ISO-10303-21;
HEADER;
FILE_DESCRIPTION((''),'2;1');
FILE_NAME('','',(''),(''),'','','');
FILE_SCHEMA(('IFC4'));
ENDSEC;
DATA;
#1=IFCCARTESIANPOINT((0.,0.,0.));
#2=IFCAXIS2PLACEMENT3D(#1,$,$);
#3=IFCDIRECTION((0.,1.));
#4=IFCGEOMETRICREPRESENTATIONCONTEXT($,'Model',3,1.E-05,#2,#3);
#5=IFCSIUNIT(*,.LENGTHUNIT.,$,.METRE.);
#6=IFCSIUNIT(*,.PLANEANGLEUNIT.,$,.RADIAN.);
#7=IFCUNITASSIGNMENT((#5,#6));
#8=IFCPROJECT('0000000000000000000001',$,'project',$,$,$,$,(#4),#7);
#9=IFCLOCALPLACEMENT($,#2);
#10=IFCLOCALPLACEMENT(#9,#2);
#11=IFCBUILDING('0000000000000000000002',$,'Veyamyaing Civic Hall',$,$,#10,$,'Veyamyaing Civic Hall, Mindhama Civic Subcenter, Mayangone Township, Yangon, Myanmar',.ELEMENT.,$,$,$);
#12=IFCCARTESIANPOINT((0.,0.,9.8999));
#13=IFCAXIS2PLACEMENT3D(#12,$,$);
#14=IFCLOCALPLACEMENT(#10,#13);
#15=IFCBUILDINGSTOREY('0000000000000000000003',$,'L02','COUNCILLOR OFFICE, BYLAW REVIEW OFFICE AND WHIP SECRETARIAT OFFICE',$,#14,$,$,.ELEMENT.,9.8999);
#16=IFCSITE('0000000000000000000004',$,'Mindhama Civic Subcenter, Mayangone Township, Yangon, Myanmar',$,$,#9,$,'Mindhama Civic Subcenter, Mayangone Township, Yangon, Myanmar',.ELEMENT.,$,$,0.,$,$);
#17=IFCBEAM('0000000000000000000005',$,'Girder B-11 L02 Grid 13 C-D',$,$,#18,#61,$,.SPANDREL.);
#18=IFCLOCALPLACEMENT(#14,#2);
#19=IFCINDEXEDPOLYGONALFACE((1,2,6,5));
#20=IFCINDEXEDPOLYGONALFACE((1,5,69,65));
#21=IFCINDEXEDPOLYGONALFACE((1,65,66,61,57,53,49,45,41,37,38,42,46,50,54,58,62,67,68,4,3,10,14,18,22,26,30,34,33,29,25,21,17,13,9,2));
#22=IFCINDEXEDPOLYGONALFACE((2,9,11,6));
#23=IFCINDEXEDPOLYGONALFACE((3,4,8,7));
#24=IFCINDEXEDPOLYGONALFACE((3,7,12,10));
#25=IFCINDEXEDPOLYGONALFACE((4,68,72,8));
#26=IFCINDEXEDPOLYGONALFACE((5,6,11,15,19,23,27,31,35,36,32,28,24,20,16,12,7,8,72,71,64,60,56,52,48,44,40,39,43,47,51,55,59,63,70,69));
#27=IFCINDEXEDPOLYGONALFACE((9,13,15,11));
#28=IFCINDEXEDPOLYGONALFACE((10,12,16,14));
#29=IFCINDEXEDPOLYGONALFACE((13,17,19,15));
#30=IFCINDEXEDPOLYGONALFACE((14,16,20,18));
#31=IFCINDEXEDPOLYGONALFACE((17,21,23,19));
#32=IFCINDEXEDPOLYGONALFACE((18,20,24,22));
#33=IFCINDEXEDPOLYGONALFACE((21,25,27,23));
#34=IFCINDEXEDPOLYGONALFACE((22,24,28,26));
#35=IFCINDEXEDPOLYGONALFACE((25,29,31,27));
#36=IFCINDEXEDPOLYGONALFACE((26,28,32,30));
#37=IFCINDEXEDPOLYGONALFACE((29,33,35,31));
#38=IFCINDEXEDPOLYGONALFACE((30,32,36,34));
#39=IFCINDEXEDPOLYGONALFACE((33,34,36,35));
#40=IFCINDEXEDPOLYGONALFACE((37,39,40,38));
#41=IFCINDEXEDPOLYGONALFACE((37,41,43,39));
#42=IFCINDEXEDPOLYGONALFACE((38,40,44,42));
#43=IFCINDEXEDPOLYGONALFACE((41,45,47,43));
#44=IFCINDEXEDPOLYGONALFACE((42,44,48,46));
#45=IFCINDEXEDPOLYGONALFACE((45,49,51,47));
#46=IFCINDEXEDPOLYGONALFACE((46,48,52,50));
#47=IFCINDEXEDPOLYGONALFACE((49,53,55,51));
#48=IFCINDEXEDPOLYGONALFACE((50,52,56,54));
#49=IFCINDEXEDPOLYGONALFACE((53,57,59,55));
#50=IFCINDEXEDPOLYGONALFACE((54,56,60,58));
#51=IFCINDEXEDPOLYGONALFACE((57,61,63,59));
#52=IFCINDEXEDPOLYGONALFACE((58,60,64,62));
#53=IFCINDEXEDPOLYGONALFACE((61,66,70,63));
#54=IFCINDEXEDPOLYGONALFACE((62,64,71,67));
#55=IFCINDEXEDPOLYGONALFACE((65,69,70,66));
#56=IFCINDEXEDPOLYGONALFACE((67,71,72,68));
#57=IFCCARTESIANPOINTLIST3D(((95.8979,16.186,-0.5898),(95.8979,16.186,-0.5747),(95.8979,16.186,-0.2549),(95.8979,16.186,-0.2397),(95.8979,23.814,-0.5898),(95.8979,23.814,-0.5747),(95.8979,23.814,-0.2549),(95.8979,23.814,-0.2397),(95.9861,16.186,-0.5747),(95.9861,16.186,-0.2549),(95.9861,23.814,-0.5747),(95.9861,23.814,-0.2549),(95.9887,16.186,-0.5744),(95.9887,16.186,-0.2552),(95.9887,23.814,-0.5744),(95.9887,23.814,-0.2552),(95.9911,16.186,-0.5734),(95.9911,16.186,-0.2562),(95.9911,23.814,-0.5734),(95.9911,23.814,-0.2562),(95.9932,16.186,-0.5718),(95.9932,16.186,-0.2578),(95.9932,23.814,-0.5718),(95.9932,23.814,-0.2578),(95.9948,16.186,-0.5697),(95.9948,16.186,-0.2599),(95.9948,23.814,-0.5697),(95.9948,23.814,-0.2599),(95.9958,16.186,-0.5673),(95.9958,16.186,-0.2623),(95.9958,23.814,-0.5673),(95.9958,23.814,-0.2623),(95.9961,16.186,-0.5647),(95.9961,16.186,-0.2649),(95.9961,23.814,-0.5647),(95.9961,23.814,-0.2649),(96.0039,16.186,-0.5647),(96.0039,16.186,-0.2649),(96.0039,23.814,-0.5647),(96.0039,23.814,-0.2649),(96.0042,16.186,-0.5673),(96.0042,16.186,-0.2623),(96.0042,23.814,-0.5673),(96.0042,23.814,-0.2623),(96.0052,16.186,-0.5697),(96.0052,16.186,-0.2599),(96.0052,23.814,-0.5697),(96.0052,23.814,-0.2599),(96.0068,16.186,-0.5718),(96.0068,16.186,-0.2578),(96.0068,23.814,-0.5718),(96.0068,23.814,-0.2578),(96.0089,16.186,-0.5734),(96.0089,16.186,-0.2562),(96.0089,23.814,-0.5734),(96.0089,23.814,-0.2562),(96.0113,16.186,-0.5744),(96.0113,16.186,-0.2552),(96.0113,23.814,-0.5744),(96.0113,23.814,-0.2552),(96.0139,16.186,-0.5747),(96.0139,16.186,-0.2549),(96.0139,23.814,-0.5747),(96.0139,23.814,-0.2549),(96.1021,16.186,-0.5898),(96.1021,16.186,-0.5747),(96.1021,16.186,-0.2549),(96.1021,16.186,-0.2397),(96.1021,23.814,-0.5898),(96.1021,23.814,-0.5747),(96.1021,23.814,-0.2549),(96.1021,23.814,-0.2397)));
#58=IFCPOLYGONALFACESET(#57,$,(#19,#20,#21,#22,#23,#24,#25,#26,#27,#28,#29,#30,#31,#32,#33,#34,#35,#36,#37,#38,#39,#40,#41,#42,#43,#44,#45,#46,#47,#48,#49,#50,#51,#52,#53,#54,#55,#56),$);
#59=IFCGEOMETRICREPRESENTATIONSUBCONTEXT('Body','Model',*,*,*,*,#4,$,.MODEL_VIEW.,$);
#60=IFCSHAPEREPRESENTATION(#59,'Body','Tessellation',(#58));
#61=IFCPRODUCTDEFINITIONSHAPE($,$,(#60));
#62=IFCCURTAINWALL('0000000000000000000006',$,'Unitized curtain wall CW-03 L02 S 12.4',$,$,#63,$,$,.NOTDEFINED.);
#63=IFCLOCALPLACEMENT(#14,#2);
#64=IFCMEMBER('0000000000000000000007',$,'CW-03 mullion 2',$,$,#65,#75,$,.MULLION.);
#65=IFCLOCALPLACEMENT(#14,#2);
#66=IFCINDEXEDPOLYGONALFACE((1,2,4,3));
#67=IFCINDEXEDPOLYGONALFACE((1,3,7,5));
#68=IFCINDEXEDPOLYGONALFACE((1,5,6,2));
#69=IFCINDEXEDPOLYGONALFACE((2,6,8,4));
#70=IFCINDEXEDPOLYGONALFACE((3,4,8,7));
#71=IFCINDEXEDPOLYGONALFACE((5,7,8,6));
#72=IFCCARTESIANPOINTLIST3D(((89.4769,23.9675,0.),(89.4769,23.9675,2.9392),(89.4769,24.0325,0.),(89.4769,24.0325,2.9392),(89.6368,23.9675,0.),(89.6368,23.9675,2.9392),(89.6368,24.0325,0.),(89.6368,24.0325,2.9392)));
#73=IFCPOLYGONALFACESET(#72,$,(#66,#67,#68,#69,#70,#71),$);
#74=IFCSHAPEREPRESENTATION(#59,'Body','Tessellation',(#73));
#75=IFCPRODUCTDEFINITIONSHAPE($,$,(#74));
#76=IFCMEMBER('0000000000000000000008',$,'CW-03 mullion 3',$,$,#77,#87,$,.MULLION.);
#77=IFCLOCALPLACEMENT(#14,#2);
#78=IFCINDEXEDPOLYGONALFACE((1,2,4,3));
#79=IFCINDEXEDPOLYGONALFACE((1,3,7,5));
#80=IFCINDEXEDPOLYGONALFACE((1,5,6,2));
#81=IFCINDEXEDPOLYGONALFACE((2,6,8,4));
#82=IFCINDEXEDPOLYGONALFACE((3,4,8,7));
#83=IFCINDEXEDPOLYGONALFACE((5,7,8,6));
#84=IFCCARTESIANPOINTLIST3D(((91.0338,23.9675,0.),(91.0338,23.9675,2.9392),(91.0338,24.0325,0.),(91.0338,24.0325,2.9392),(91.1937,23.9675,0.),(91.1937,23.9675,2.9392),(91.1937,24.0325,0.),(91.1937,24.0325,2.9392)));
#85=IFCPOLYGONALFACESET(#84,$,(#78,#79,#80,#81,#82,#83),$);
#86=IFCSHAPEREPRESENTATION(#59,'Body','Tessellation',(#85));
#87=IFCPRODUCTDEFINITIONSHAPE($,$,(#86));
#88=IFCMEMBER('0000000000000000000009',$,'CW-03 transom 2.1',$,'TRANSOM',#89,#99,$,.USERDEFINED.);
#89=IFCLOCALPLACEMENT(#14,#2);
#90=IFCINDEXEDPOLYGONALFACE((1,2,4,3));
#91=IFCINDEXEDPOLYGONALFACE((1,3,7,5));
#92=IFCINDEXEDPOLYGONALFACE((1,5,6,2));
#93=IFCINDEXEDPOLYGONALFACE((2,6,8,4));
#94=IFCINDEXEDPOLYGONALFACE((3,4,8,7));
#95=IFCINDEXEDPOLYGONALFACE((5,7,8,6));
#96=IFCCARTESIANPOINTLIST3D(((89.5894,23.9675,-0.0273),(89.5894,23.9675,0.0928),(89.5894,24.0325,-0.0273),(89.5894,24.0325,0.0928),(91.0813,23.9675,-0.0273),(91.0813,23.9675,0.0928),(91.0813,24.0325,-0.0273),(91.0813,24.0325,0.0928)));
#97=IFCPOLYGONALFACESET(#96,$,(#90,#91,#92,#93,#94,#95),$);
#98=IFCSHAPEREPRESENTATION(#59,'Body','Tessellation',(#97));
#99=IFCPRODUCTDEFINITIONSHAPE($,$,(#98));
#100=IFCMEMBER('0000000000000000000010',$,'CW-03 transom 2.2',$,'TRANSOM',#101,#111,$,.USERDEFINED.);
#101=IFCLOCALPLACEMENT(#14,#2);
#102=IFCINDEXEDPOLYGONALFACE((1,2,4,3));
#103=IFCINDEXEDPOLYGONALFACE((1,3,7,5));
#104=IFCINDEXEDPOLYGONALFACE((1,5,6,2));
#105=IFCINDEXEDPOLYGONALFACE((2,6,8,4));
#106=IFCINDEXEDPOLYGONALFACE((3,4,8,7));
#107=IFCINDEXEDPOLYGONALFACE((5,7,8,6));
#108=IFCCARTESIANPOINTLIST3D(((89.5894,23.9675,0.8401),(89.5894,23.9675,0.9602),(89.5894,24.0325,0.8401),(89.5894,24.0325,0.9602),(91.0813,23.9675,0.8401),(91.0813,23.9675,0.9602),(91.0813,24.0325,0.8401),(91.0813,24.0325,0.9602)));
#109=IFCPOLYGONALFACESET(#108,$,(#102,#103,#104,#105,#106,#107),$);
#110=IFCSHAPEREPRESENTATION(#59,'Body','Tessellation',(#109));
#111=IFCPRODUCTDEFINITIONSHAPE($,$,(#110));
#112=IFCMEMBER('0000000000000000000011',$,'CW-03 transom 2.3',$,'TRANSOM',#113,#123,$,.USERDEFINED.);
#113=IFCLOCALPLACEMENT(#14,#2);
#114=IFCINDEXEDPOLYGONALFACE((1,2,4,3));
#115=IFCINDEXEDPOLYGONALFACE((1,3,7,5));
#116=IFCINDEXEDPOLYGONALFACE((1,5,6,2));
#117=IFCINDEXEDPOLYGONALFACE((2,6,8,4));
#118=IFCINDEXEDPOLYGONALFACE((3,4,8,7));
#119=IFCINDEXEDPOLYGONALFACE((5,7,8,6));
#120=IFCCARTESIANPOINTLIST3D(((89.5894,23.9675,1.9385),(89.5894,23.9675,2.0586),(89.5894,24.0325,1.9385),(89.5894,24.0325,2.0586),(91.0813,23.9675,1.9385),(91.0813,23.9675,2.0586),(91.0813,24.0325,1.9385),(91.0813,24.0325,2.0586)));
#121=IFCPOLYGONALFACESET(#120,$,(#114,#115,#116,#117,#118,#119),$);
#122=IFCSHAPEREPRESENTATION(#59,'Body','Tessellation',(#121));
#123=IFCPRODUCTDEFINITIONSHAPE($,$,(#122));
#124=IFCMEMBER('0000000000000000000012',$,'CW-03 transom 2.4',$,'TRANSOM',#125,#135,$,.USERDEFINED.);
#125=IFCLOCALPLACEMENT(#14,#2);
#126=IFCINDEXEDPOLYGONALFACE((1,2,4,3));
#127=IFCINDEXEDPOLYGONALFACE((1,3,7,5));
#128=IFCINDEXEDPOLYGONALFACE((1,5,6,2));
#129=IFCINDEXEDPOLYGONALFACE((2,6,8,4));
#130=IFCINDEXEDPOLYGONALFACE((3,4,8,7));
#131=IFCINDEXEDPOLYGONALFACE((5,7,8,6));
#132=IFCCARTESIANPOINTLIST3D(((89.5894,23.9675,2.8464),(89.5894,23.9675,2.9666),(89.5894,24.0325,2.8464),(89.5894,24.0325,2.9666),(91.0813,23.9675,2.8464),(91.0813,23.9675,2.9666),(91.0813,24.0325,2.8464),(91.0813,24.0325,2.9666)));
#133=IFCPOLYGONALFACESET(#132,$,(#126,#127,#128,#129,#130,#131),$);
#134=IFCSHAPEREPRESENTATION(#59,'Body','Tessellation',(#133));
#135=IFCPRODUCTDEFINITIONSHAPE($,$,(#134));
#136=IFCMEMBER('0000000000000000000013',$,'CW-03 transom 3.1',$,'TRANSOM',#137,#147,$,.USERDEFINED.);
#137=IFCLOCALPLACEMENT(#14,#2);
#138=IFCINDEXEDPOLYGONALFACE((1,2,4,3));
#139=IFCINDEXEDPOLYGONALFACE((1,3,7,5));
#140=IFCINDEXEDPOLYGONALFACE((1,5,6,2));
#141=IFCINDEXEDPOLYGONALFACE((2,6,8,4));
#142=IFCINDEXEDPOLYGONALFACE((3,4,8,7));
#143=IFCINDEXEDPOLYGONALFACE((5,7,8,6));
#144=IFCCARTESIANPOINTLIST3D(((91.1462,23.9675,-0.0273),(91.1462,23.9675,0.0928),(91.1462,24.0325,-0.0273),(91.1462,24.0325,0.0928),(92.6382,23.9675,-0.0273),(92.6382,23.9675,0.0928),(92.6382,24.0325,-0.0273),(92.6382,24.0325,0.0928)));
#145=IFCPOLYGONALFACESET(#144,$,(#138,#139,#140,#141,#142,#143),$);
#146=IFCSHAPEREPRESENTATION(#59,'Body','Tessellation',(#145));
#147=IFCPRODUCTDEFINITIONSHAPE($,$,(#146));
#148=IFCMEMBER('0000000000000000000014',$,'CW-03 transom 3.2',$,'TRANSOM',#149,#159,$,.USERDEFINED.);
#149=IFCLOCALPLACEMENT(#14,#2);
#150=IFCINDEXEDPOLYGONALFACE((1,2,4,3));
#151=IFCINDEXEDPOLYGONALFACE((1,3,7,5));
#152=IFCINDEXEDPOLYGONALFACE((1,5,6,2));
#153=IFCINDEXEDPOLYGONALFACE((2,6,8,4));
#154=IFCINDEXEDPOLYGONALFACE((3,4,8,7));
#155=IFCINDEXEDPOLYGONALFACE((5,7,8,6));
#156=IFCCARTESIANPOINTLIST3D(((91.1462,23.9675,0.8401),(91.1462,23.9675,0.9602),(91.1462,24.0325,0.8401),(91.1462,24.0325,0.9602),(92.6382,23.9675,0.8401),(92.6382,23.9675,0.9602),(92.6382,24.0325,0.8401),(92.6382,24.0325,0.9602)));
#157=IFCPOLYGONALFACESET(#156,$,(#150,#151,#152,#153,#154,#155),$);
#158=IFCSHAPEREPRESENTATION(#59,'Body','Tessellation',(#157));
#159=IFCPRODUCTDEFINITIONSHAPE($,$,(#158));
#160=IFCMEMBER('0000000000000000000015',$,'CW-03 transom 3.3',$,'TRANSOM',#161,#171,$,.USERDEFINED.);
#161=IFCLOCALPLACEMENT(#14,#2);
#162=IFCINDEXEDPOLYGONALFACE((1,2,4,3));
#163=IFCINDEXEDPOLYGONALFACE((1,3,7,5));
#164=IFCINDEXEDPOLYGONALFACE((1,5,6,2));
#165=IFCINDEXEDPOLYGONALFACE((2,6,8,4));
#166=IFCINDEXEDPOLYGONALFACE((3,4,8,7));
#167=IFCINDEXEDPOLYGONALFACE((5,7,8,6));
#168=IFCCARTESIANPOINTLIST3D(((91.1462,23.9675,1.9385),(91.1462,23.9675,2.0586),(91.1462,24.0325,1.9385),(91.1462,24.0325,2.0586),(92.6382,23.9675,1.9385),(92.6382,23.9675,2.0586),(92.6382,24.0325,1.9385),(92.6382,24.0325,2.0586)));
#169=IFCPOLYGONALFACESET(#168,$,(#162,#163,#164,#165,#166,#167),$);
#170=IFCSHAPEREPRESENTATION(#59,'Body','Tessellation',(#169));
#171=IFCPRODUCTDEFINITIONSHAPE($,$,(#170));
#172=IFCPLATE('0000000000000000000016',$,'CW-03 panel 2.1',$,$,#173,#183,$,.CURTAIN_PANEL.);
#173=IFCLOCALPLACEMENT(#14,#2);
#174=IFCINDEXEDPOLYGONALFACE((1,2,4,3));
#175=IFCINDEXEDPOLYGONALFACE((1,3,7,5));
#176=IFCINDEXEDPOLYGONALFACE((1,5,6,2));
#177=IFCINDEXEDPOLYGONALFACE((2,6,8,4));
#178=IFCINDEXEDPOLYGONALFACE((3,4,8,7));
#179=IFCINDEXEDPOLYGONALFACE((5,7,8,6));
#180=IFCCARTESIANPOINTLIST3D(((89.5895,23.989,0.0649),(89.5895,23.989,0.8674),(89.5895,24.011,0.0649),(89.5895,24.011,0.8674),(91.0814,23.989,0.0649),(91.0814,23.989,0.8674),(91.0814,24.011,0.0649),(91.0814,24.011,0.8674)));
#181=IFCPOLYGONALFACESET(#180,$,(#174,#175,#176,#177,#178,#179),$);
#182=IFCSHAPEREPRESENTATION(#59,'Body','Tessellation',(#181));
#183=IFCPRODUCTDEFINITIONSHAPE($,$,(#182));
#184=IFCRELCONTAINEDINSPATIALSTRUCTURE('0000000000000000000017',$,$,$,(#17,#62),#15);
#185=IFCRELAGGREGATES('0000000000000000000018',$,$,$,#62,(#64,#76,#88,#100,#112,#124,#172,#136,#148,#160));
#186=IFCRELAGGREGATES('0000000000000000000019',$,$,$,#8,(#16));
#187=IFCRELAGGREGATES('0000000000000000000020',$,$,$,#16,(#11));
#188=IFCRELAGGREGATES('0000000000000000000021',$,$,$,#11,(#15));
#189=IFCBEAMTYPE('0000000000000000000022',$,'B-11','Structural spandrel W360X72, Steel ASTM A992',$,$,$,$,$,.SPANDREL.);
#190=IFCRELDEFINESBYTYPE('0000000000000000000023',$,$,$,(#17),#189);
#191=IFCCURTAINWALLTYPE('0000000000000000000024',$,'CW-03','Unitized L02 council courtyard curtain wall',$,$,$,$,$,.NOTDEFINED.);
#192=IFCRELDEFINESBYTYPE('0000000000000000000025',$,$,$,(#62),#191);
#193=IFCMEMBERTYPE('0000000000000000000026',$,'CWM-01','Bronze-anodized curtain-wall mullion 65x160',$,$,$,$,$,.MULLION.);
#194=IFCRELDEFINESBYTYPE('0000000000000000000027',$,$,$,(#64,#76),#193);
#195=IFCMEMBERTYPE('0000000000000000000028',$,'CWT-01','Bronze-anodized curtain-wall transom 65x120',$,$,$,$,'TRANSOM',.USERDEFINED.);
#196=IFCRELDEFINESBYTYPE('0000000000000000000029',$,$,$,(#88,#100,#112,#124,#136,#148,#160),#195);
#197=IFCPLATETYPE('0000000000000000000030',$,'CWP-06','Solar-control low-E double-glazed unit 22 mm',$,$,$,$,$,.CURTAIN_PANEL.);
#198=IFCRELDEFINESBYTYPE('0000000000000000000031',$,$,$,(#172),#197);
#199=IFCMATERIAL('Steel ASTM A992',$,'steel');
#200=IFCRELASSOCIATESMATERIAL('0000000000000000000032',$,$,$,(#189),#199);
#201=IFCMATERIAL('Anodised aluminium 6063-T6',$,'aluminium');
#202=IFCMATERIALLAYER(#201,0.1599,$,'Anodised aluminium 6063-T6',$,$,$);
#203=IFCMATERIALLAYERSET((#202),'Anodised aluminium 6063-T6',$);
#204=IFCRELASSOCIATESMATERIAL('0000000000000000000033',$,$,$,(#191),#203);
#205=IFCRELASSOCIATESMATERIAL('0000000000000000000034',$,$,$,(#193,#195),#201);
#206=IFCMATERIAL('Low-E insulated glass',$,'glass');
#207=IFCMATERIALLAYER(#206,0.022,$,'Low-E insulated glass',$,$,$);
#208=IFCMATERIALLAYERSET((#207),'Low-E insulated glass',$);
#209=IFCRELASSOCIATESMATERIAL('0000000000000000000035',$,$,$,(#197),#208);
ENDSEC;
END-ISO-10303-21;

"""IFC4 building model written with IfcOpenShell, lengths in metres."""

from ifc_helpers import new_model, si_unit, direction, frame, origin, origin_2d, place, context, subcontext, project, spatial, rectangle, i_section, extrude, material, layer, layer_set, material_profile, profile_set, type_object, element, aggregate, save


model = new_model("IFC4")

# Units and contexts
model_context = context("Model", 3, precision=1e-05, world=origin(), true_north=direction((0.0, 1.0)))
body_context = subcontext(model_context, "Body", "Model", "MODEL_VIEW")
ifc_project = project(units=[si_unit("LENGTHUNIT", "METRE"), si_unit("PLANEANGLEUNIT", "RADIAN")], contexts=[model_context])

# Site, building, storey
site_placement = place(None, origin())
site = spatial("IfcSite", under=ifc_project, at=site_placement, Name="Mindhama Civic Subcenter, Mayangone Township, Yangon, Myanmar", LongName="Mindhama Civic Subcenter, Mayangone Township, Yangon, Myanmar", CompositionType="ELEMENT", RefElevation=0.0)
building_placement = place(site_placement, origin())
building = spatial("IfcBuilding", under=site, at=building_placement, Name="Veyamyaing Civic Hall", LongName="Veyamyaing Civic Hall, Mindhama Civic Subcenter, Mayangone Township, Yangon, Myanmar", CompositionType="ELEMENT")
storey_placement = place(building_placement, frame((0.0, 0.0, 9.8999)))
storey = spatial("IfcBuildingStorey", under=building, at=storey_placement, Name="L02", Description="COUNCILLOR OFFICE, BYLAW REVIEW OFFICE AND WHIP SECRETARIAT OFFICE", CompositionType="ELEMENT", Elevation=9.8999)

# Beam
ifc_material_1 = material(Name="Steel ASTM A992", Category="steel")
ifc_material_profile_1 = material_profile(ifc_material_1, i_section(OverallWidth=0.2041, OverallDepth=0.3501, WebThickness=0.0078, FlangeThickness=0.0151, FilletRadius=0.01, at=origin_2d()), Name="W360X72")
ifc_profile_set_1 = profile_set([ifc_material_profile_1], Name="Steel ASTM A992")
beam_type = type_object("IfcBeamType", Name="B-11", Description="Structural spandrel W360X72, Steel ASTM A992", PredefinedType="SPANDREL", material=ifc_profile_set_1)
beam_placement = place(storey_placement, frame((96.0, 16.186, -0.4148), z_axis=(0.0, 1.0, 0.0), x_axis=(-1.0, 0.0, 0.0)))
element("IfcBeam", 1, at=beam_placement, inside=storey, type_object=beam_type, Name="Girder B-11 L02 Grid 13 C-D", PredefinedType="SPANDREL", context=body_context, shape_type="SweptSolid", body=[
    extrude(i_section(OverallWidth=0.2041, OverallDepth=0.3501, WebThickness=0.0078, FlangeThickness=0.0151, FilletRadius=0.01, at=origin_2d()), origin(), (0.0, 0.0, 1.0), 7.6279),
])

# Curtain wall, members, plate
ifc_material_2 = material(Name="Anodised aluminium 6063-T6", Category="aluminium")
ifc_layer_1 = layer(ifc_material_2, 0.1599, Name="Anodised aluminium 6063-T6")
ifc_layer_set_1 = layer_set([ifc_layer_1], Name="Anodised aluminium 6063-T6")
curtain_wall_type = type_object("IfcCurtainWallType", Name="CW-03", Description="Unitized L02 council courtyard curtain wall", PredefinedType="NOTDEFINED", material=ifc_layer_set_1)
curtain_wall_placement = place(storey_placement, origin())
curtain_wall = element("IfcCurtainWall", 2, at=curtain_wall_placement, inside=storey, type_object=curtain_wall_type, Name="Unitized curtain wall CW-03 L02 S 12.4", PredefinedType="NOTDEFINED")
ifc_material_profile_2 = material_profile(ifc_material_2, rectangle(XDim=0.0649, YDim=0.1599, at=origin_2d()), Name="ALU-MUL-65X160")
ifc_profile_set_2 = profile_set([ifc_material_profile_2], Name="Anodised aluminium 6063-T6")
member_type_1 = type_object("IfcMemberType", Name="CWM-01", Description="Bronze-anodized curtain-wall mullion 65x160", PredefinedType="MULLION", material=ifc_profile_set_2)
member_1_placement = place(storey_placement, frame((89.5569, 24.0, 0.0), z_axis=(0.0, 0.0, 1.0), x_axis=(0.0, 1.0, 0.0)))
member_1 = element("IfcMember", 3, at=member_1_placement, type_object=member_type_1, Name="CW-03 mullion 2", PredefinedType="MULLION", context=body_context, shape_type="SweptSolid", body=[
    extrude(rectangle(XDim=0.0649, YDim=0.1599, at=origin_2d()), origin(), (0.0, 0.0, 1.0), 2.9392),
])
member_2_placement = place(storey_placement, frame((91.1138, 24.0, 0.0), z_axis=(0.0, 0.0, 1.0), x_axis=(0.0, 1.0, 0.0)))
member_2 = element("IfcMember", 4, at=member_2_placement, type_object=member_type_1, Name="CW-03 mullion 3", PredefinedType="MULLION", context=body_context, shape_type="SweptSolid", body=[
    extrude(rectangle(XDim=0.0649, YDim=0.1599, at=origin_2d()), origin(), (0.0, 0.0, 1.0), 2.9392),
])
ifc_material_profile_3 = material_profile(ifc_material_2, rectangle(XDim=0.0649, YDim=0.1201, at=origin_2d()), Name="ALU-TRN-65X120")
ifc_profile_set_3 = profile_set([ifc_material_profile_3], Name="Anodised aluminium 6063-T6")
member_type_2 = type_object("IfcMemberType", Name="CWT-01", Description="Bronze-anodized curtain-wall transom 65x120", ElementType="TRANSOM", PredefinedType="USERDEFINED", material=ifc_profile_set_3)
member_3_placement = place(storey_placement, frame((89.5894, 24.0, 0.0327), z_axis=(1.0, 0.0, 0.0), x_axis=(0.0, 1.0, 0.0)))
member_3 = element("IfcMember", 5, at=member_3_placement, type_object=member_type_2, Name="CW-03 transom 2.1", ObjectType="TRANSOM", PredefinedType="USERDEFINED", context=body_context, shape_type="SweptSolid", body=[
    extrude(rectangle(XDim=0.0649, YDim=0.1201, at=origin_2d()), origin(), (0.0, 0.0, 1.0), 1.4919),
])
member_4_placement = place(storey_placement, frame((89.5894, 24.0, 0.9001), z_axis=(1.0, 0.0, 0.0), x_axis=(0.0, 1.0, 0.0)))
member_4 = element("IfcMember", 6, at=member_4_placement, type_object=member_type_2, Name="CW-03 transom 2.2", ObjectType="TRANSOM", PredefinedType="USERDEFINED", context=body_context, shape_type="SweptSolid", body=[
    extrude(rectangle(XDim=0.0649, YDim=0.1201, at=origin_2d()), origin(), (0.0, 0.0, 1.0), 1.4919),
])
member_5_placement = place(storey_placement, frame((89.5894, 24.0, 1.9985), z_axis=(1.0, 0.0, 0.0), x_axis=(0.0, 1.0, 0.0)))
member_5 = element("IfcMember", 7, at=member_5_placement, type_object=member_type_2, Name="CW-03 transom 2.3", ObjectType="TRANSOM", PredefinedType="USERDEFINED", context=body_context, shape_type="SweptSolid", body=[
    extrude(rectangle(XDim=0.0649, YDim=0.1201, at=origin_2d()), origin(), (0.0, 0.0, 1.0), 1.4919),
])
member_6_placement = place(storey_placement, frame((89.5894, 24.0, 2.9065), z_axis=(1.0, 0.0, 0.0), x_axis=(0.0, 1.0, 0.0)))
member_6 = element("IfcMember", 8, at=member_6_placement, type_object=member_type_2, Name="CW-03 transom 2.4", ObjectType="TRANSOM", PredefinedType="USERDEFINED", context=body_context, shape_type="SweptSolid", body=[
    extrude(rectangle(XDim=0.0649, YDim=0.1201, at=origin_2d()), origin(), (0.0, 0.0, 1.0), 1.4919),
])
member_7_placement = place(storey_placement, frame((91.1462, 24.0, 0.0327), z_axis=(1.0, 0.0, 0.0), x_axis=(0.0, 1.0, 0.0)))
member_7 = element("IfcMember", 9, at=member_7_placement, type_object=member_type_2, Name="CW-03 transom 3.1", ObjectType="TRANSOM", PredefinedType="USERDEFINED", context=body_context, shape_type="SweptSolid", body=[
    extrude(rectangle(XDim=0.0649, YDim=0.1201, at=origin_2d()), origin(), (0.0, 0.0, 1.0), 1.4919),
])
member_8_placement = place(storey_placement, frame((91.1462, 24.0, 0.9001), z_axis=(1.0, 0.0, 0.0), x_axis=(0.0, 1.0, 0.0)))
member_8 = element("IfcMember", 10, at=member_8_placement, type_object=member_type_2, Name="CW-03 transom 3.2", ObjectType="TRANSOM", PredefinedType="USERDEFINED", context=body_context, shape_type="SweptSolid", body=[
    extrude(rectangle(XDim=0.0649, YDim=0.1201, at=origin_2d()), origin(), (0.0, 0.0, 1.0), 1.4919),
])
member_9_placement = place(storey_placement, frame((91.1462, 24.0, 1.9985), z_axis=(1.0, 0.0, 0.0), x_axis=(0.0, 1.0, 0.0)))
member_9 = element("IfcMember", 11, at=member_9_placement, type_object=member_type_2, Name="CW-03 transom 3.3", ObjectType="TRANSOM", PredefinedType="USERDEFINED", context=body_context, shape_type="SweptSolid", body=[
    extrude(rectangle(XDim=0.0649, YDim=0.1201, at=origin_2d()), origin(), (0.0, 0.0, 1.0), 1.4919),
])
ifc_material_3 = material(Name="Low-E insulated glass", Category="glass")
ifc_layer_2 = layer(ifc_material_3, 0.022, Name="Low-E insulated glass")
ifc_layer_set_2 = layer_set([ifc_layer_2], Name="Low-E insulated glass")
plate_type = type_object("IfcPlateType", Name="CWP-06", Description="Solar-control low-E double-glazed unit 22 mm", PredefinedType="CURTAIN_PANEL", material=ifc_layer_set_2)
plate_1_placement = place(storey_placement, frame((90.3354, 24.0, 0.0649), z_axis=(0.0, 0.0, 1.0), x_axis=(1.0, 0.0, 0.0)))
plate_1 = element("IfcPlate", 12, at=plate_1_placement, type_object=plate_type, Name="CW-03 panel 2.1", PredefinedType="CURTAIN_PANEL", context=body_context, shape_type="SweptSolid", body=[
    extrude(rectangle(XDim=1.4919, YDim=0.022, at=origin_2d()), origin(), (0.0, 0.0, 1.0), 0.8025),
])
aggregate(curtain_wall, [member_1, member_2, member_3, member_4, member_5, member_6, plate_1, member_7, member_8, member_9])

save(model, "model.ifc")
